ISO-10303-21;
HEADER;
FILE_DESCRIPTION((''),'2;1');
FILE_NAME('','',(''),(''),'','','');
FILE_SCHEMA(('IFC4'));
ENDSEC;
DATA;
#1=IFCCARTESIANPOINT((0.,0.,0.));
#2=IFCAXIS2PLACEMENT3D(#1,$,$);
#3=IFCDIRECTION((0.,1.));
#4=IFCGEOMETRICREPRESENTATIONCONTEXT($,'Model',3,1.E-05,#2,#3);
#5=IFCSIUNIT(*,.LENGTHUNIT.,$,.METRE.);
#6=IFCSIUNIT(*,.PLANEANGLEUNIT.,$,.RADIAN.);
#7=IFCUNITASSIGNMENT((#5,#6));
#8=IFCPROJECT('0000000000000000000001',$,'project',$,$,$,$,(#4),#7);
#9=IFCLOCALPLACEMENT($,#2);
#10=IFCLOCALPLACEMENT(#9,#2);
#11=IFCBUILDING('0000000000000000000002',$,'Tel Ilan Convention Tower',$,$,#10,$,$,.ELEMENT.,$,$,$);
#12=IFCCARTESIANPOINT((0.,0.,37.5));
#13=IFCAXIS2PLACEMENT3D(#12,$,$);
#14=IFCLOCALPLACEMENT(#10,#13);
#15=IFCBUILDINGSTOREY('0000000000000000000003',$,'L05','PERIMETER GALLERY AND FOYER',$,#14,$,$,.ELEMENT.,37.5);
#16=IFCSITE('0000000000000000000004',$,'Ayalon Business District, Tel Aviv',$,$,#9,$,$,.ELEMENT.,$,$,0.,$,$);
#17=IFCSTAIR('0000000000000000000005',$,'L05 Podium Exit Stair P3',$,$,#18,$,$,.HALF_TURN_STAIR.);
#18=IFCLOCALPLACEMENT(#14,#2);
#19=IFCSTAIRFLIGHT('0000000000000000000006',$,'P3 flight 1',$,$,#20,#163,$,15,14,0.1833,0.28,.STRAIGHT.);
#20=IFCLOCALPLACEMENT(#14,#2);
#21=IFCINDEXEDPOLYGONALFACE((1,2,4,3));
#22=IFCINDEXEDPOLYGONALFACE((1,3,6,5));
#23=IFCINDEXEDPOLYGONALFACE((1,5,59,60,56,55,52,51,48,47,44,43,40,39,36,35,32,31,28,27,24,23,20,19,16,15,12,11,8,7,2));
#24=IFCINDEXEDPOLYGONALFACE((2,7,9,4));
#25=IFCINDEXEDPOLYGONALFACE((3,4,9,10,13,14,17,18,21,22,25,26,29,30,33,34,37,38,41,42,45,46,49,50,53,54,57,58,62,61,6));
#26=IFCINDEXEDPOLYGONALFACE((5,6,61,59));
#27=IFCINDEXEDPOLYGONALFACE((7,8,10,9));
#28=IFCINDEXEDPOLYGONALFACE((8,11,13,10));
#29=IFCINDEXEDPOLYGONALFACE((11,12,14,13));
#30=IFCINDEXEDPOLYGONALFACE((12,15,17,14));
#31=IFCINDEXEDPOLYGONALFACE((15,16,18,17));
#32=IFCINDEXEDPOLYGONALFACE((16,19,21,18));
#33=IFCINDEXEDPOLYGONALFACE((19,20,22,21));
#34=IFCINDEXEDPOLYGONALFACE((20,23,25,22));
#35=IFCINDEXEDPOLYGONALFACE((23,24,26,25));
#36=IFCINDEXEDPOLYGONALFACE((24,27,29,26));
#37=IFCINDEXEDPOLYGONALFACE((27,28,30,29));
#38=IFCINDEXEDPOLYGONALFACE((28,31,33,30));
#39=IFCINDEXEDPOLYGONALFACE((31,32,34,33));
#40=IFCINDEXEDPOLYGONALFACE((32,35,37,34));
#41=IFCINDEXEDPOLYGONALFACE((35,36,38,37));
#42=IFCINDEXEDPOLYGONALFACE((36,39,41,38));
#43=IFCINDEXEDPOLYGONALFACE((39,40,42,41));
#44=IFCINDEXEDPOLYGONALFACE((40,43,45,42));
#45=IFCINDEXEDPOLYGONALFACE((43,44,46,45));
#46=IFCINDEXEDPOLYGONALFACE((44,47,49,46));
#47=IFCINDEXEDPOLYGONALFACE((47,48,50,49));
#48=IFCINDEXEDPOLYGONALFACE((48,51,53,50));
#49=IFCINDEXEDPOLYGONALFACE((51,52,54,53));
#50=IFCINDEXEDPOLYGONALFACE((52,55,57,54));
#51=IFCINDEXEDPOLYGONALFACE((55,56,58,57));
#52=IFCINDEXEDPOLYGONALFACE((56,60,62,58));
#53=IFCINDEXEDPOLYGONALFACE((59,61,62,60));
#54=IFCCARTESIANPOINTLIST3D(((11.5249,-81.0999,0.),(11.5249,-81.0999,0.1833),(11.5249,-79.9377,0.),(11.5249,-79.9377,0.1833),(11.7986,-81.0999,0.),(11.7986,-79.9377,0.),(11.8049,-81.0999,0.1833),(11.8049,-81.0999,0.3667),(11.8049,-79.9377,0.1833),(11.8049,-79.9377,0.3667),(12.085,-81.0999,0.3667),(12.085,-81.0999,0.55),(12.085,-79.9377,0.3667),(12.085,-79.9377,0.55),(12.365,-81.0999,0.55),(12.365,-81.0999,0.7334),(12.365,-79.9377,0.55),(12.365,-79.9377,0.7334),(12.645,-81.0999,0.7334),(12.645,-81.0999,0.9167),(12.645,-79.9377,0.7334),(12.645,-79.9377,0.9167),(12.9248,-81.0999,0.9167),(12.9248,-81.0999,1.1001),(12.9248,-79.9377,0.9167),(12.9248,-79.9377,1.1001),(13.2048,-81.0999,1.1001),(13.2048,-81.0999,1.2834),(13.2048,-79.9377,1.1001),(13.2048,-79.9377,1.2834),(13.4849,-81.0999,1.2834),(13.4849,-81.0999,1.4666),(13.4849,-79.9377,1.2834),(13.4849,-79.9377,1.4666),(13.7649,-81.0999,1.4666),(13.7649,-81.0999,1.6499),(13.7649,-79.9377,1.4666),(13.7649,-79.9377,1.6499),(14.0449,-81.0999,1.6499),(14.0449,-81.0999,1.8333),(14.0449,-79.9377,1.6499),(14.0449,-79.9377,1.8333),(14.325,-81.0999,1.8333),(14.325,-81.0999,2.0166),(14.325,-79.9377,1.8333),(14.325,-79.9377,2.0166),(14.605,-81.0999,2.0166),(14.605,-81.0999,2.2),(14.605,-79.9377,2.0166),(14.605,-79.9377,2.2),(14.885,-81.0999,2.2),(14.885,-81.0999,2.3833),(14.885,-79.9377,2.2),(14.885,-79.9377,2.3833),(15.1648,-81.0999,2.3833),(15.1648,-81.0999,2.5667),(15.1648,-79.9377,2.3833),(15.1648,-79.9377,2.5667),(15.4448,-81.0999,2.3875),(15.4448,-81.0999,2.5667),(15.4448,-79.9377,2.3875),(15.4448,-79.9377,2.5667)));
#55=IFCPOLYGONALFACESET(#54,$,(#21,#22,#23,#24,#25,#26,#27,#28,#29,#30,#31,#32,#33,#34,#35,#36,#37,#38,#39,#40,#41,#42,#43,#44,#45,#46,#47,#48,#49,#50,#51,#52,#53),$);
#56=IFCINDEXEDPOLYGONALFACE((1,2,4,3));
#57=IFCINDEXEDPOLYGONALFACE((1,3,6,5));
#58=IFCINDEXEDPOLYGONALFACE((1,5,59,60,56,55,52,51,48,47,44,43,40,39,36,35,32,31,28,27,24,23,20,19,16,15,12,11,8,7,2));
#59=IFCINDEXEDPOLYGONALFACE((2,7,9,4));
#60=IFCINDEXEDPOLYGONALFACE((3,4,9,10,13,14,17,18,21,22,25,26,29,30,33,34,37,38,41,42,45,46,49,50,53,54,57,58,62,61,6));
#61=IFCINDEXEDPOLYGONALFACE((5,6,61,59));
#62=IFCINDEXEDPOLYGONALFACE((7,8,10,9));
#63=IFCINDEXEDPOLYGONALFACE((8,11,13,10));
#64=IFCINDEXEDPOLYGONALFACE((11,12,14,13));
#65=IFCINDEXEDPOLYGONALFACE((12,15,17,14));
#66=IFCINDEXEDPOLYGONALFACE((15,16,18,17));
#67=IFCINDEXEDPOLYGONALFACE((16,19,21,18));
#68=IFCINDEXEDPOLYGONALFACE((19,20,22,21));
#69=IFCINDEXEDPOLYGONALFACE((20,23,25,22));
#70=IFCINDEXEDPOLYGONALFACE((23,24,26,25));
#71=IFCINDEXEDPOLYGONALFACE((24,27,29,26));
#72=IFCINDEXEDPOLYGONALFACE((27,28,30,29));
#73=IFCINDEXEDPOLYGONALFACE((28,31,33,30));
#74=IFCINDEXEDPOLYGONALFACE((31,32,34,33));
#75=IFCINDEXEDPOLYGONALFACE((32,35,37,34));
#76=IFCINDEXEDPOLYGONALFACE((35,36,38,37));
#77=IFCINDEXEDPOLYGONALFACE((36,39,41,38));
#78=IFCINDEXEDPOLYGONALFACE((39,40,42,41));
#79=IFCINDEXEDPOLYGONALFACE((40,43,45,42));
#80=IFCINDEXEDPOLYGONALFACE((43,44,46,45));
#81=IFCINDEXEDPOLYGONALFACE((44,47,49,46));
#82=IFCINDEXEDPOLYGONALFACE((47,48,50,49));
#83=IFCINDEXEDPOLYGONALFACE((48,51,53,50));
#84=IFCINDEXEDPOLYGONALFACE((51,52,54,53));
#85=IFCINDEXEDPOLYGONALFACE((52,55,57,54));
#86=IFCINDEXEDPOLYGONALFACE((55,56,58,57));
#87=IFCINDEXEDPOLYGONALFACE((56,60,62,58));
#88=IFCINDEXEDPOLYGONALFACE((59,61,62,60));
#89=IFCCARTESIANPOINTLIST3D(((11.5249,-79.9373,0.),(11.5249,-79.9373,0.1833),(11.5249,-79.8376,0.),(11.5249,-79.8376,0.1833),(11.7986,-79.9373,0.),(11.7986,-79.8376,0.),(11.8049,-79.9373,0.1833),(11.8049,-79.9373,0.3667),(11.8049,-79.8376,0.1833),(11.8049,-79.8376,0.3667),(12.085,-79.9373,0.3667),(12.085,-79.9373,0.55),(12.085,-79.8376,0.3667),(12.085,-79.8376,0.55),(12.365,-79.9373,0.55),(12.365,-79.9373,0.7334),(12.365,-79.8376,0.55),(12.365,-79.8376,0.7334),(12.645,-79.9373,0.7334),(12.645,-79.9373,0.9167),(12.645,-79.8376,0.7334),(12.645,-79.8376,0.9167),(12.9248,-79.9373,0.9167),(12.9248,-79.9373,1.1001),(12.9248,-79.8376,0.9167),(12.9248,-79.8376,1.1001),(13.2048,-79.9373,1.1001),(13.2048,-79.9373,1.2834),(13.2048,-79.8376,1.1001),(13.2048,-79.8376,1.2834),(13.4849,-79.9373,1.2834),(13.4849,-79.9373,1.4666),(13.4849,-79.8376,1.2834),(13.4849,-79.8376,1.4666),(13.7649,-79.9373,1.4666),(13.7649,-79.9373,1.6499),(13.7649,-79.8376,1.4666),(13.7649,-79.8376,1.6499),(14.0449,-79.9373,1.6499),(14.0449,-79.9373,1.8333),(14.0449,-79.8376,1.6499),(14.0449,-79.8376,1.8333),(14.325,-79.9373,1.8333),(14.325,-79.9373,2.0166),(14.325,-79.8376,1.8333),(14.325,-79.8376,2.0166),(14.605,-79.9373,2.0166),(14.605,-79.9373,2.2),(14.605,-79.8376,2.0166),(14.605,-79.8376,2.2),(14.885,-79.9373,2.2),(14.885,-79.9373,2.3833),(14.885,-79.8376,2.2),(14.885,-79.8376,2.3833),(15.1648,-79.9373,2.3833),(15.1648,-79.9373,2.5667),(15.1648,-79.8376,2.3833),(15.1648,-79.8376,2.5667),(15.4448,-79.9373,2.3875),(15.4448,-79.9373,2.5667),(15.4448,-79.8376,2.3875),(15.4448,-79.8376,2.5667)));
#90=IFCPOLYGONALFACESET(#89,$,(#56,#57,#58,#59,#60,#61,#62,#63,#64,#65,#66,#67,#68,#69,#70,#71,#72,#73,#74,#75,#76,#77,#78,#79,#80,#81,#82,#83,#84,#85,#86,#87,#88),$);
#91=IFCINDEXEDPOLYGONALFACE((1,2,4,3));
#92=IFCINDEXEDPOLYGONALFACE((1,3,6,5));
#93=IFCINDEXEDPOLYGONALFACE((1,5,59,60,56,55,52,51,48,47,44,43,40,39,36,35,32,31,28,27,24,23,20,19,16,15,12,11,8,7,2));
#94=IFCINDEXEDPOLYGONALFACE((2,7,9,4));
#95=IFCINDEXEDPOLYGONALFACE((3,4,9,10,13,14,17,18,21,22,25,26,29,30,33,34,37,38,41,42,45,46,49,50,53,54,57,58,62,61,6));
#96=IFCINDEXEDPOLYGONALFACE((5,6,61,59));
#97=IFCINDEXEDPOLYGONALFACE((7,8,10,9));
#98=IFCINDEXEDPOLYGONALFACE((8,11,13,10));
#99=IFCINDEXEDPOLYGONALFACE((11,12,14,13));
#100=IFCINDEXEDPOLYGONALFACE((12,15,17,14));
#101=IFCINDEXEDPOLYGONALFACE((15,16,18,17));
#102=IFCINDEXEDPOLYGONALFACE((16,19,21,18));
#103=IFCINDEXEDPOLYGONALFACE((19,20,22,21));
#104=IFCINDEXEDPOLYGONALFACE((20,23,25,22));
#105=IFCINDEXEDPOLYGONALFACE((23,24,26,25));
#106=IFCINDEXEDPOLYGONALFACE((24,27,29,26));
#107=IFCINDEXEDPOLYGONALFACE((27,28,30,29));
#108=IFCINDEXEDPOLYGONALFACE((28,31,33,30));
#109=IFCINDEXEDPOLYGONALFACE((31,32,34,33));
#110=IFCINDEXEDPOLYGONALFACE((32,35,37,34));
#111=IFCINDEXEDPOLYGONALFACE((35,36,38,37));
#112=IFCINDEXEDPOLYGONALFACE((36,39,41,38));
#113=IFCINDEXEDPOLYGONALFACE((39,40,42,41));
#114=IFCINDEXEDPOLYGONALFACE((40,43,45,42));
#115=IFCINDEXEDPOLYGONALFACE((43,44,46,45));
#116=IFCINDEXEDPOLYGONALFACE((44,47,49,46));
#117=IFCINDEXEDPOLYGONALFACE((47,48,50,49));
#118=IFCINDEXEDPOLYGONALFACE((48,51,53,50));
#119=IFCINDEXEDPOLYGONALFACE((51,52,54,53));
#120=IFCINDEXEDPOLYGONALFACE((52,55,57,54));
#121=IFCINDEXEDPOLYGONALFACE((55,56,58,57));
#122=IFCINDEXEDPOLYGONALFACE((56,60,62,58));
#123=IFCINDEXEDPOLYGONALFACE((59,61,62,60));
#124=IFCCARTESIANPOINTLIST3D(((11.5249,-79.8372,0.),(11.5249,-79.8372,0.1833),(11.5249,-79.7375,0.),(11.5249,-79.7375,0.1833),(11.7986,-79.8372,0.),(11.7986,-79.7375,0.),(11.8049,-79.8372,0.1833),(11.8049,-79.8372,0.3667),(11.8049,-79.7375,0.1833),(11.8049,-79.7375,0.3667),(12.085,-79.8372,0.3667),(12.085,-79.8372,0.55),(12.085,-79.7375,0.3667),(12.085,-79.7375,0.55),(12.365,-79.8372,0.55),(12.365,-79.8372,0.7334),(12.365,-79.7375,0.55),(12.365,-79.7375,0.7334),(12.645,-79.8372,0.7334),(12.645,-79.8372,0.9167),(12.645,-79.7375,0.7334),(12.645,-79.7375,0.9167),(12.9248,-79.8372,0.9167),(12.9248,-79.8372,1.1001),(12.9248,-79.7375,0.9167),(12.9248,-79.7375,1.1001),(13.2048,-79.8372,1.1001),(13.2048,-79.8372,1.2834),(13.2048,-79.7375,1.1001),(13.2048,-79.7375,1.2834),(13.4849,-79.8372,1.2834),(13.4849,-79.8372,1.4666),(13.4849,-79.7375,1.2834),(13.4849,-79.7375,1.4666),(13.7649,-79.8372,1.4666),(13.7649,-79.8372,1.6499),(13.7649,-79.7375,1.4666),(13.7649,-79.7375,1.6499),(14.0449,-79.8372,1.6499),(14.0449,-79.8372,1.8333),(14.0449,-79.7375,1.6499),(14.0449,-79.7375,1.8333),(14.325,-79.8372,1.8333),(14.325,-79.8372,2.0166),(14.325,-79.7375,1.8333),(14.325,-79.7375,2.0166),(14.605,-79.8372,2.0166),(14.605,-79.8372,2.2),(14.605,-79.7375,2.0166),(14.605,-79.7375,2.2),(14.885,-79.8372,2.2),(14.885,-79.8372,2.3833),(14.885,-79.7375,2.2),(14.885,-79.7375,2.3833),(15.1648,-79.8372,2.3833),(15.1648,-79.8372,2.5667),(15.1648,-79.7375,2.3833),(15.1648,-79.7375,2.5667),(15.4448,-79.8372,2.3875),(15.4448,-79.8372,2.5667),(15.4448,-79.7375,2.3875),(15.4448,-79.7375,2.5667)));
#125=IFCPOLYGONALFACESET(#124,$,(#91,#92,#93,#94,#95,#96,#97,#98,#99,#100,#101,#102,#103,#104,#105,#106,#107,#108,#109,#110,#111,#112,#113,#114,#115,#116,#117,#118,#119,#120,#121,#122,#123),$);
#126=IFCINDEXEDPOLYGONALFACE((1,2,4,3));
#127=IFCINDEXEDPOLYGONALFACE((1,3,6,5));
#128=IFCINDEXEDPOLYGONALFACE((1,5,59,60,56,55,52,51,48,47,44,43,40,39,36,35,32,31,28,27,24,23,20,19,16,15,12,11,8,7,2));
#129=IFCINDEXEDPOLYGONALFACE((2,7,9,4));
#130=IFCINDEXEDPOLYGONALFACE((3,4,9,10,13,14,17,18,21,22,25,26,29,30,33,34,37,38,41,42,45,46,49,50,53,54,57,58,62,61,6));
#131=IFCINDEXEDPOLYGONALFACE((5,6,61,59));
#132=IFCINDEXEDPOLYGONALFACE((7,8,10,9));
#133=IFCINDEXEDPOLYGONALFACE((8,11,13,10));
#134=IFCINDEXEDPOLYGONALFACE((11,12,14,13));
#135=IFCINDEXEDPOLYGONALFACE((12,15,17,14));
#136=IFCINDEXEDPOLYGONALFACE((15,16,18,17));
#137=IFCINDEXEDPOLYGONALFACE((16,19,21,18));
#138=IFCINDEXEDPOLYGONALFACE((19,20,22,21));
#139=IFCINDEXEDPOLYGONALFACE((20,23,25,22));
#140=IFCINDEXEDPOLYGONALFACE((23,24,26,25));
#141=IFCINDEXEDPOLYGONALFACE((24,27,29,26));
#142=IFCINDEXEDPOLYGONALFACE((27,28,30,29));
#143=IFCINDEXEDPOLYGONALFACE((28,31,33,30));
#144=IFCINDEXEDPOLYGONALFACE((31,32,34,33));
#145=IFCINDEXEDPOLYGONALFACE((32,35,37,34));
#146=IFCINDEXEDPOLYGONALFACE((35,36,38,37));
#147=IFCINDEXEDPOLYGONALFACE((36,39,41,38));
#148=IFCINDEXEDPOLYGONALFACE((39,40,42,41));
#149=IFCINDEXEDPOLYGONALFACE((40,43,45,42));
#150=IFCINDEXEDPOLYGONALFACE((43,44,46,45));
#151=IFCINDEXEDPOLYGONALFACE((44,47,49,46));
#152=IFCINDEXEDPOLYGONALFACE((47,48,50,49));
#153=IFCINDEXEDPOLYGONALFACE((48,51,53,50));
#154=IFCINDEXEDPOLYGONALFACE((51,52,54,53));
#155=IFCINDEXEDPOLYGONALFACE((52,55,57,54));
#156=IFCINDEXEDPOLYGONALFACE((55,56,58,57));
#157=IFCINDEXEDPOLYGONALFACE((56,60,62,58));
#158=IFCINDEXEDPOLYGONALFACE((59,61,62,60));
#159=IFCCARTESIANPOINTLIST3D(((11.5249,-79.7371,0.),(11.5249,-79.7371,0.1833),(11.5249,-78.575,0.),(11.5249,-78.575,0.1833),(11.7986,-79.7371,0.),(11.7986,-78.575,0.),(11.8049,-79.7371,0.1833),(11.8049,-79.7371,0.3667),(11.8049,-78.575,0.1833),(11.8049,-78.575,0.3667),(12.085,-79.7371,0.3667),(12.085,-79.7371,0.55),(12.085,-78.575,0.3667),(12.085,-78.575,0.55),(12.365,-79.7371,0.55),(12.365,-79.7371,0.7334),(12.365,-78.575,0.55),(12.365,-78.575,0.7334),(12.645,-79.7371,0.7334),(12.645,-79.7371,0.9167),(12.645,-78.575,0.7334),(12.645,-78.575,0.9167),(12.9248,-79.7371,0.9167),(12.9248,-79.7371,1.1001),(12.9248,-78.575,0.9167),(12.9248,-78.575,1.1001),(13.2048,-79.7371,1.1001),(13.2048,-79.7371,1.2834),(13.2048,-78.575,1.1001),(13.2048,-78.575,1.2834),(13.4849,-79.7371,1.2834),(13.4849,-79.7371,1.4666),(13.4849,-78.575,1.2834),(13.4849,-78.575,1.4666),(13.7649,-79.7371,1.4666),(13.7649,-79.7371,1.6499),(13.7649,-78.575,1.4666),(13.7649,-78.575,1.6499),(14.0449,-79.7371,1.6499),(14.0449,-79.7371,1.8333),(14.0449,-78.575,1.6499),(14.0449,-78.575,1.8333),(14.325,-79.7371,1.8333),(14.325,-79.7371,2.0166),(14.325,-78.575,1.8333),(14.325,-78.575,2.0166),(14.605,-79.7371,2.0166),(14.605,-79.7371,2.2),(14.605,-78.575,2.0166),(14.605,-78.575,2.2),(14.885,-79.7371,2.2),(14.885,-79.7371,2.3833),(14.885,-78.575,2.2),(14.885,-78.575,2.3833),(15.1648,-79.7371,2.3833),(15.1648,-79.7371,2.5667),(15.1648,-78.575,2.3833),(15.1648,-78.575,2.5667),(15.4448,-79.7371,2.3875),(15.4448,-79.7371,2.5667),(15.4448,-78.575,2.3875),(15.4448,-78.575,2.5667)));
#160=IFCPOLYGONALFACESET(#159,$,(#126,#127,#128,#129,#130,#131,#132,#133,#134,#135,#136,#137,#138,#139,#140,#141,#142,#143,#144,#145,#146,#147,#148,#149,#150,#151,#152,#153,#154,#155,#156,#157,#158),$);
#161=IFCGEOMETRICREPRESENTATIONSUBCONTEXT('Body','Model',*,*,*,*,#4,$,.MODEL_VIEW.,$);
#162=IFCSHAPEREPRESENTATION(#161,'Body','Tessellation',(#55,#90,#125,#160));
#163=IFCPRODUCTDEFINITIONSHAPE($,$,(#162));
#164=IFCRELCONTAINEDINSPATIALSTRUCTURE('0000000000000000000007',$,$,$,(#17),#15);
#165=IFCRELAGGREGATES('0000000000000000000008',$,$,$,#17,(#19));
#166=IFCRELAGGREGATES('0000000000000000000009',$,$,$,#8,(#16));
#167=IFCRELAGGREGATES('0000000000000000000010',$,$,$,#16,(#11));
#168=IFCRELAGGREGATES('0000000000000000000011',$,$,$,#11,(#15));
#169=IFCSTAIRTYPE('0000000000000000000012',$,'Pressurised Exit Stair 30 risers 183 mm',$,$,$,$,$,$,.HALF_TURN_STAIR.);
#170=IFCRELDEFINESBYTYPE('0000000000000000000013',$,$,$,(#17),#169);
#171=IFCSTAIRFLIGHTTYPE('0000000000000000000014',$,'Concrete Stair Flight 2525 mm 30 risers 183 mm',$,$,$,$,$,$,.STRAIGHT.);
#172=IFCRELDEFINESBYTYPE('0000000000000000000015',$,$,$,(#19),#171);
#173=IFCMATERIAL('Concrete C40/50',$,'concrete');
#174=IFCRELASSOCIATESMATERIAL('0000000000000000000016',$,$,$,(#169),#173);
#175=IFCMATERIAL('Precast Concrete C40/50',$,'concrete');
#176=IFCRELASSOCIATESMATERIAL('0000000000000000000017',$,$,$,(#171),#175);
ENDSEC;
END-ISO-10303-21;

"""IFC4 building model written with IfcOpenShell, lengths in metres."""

from ifc_helpers import new_model, si_unit, direction, frame, origin, place, context, subcontext, project, spatial, polyline, outline, extrude, material, type_object, element, aggregate, save


model = new_model("IFC4")

# Units and contexts
model_context = context("Model", 3, precision=1e-05, world=origin(), true_north=direction((0.0, 1.0)))
body_context = subcontext(model_context, "Body", "Model", "MODEL_VIEW")
ifc_project = project(units=[si_unit("LENGTHUNIT", "METRE"), si_unit("PLANEANGLEUNIT", "RADIAN")], contexts=[model_context])

# Site, building, storey
site_placement = place(None, origin())
site = spatial("IfcSite", under=ifc_project, at=site_placement, Name="Ayalon Business District, Tel Aviv", CompositionType="ELEMENT", RefElevation=0.0)
building_placement = place(site_placement, origin())
building = spatial("IfcBuilding", under=site, at=building_placement, Name="Tel Ilan Convention Tower", CompositionType="ELEMENT")
storey_placement = place(building_placement, frame((0.0, 0.0, 37.5)))
storey = spatial("IfcBuildingStorey", under=building, at=storey_placement, Name="L05", Description="PERIMETER GALLERY AND FOYER", CompositionType="ELEMENT", Elevation=37.5)

# Stair, stair flight
ifc_material_1 = material(Name="Concrete C40/50", Category="concrete")
stair_type = type_object("IfcStairType", Name="Pressurised Exit Stair 30 risers 183 mm", PredefinedType="HALF_TURN_STAIR", material=ifc_material_1)
stair_placement = place(storey_placement, origin())
stair = element("IfcStair", 1, at=stair_placement, inside=storey, type_object=stair_type, Name="L05 Podium Exit Stair P3", PredefinedType="HALF_TURN_STAIR")
ifc_material_2 = material(Name="Precast Concrete C40/50", Category="concrete")
stair_flight_type = type_object("IfcStairFlightType", Name="Concrete Stair Flight 2525 mm 30 risers 183 mm", PredefinedType="STRAIGHT", material=ifc_material_2)
stair_flight_placement = place(storey_placement, frame((11.5249, -79.8374, 0.0), z_axis=(0.0, 0.0, 1.0), x_axis=(1.0, 0.0, 0.0)))
stair_flight = element("IfcStairFlight", 2, at=stair_flight_placement, type_object=stair_flight_type, Name="P3 flight 1", NumberOfRisers=15, NumberOfTreads=14, PredefinedType="STRAIGHT", RiserHeight=0.1833, TreadLength=0.28, context=body_context, shape_type="SweptSolid", body=[
    extrude(outline(polyline([(0.0, 0.0), (0.0, 0.1833), (0.28, 0.1833), (0.28, 0.3667), (0.5601, 0.3667), (0.5601, 0.55), (0.8401, 0.55), (0.8401, 0.7334), (1.1201, 0.7334), (1.1201, 0.9167), (1.3999, 0.9167), (1.3999, 1.1001), (1.6799, 1.1001), (1.6799, 1.2834), (1.96, 1.2834), (1.96, 1.4666), (2.24, 1.4666), (2.24, 1.6499), (2.52, 1.6499), (2.52, 1.8333), (2.8, 1.8333), (2.8, 2.0166), (3.0801, 2.0166), (3.0801, 2.2), (3.3601, 2.2), (3.3601, 2.3833), (3.6399, 2.3833), (3.6399, 2.5667), (3.9199, 2.5667), (3.9199, 2.75), (3.9199, 2.3875), (0.2737, 0.0), (0.0, 0.0)])), frame((0.0, -0.1003, 0.0), z_axis=(0.0, -1.0, 0.0), x_axis=(1.0, 0.0, 0.0)), (0.0, 0.0, 1.0), 1.1621),
    extrude(outline(polyline([(0.0, 0.0), (0.0, 0.1833), (0.28, 0.1833), (0.28, 0.3667), (0.5601, 0.3667), (0.5601, 0.55), (0.8401, 0.55), (0.8401, 0.7334), (1.1201, 0.7334), (1.1201, 0.9167), (1.3999, 0.9167), (1.3999, 1.1001), (1.6799, 1.1001), (1.6799, 1.2834), (1.96, 1.2834), (1.96, 1.4666), (2.24, 1.4666), (2.24, 1.6499), (2.52, 1.6499), (2.52, 1.8333), (2.8, 1.8333), (2.8, 2.0166), (3.0801, 2.0166), (3.0801, 2.2), (3.3601, 2.2), (3.3601, 2.3833), (3.6399, 2.3833), (3.6399, 2.5667), (3.9199, 2.5667), (3.9199, 2.75), (3.9199, 2.3875), (0.2737, 0.0), (0.0, 0.0)])), frame((0.0, -0.0002, 0.0), z_axis=(0.0, -1.0, 0.0), x_axis=(1.0, 0.0, 0.0)), (0.0, 0.0, 1.0), 0.0996),
    extrude(outline(polyline([(0.0, 0.0), (0.0, 0.1833), (0.28, 0.1833), (0.28, 0.3667), (0.5601, 0.3667), (0.5601, 0.55), (0.8401, 0.55), (0.8401, 0.7334), (1.1201, 0.7334), (1.1201, 0.9167), (1.3999, 0.9167), (1.3999, 1.1001), (1.6799, 1.1001), (1.6799, 1.2834), (1.96, 1.2834), (1.96, 1.4666), (2.24, 1.4666), (2.24, 1.6499), (2.52, 1.6499), (2.52, 1.8333), (2.8, 1.8333), (2.8, 2.0166), (3.0801, 2.0166), (3.0801, 2.2), (3.3601, 2.2), (3.3601, 2.3833), (3.6399, 2.3833), (3.6399, 2.5667), (3.9199, 2.5667), (3.9199, 2.75), (3.9199, 2.3875), (0.2737, 0.0), (0.0, 0.0)])), frame((0.0, 0.0999, 0.0), z_axis=(0.0, -1.0, 0.0), x_axis=(1.0, 0.0, 0.0)), (0.0, 0.0, 1.0), 0.0996),
    extrude(outline(polyline([(0.0, 0.0), (0.0, 0.1833), (0.28, 0.1833), (0.28, 0.3667), (0.5601, 0.3667), (0.5601, 0.55), (0.8401, 0.55), (0.8401, 0.7334), (1.1201, 0.7334), (1.1201, 0.9167), (1.3999, 0.9167), (1.3999, 1.1001), (1.6799, 1.1001), (1.6799, 1.2834), (1.96, 1.2834), (1.96, 1.4666), (2.24, 1.4666), (2.24, 1.6499), (2.52, 1.6499), (2.52, 1.8333), (2.8, 1.8333), (2.8, 2.0166), (3.0801, 2.0166), (3.0801, 2.2), (3.3601, 2.2), (3.3601, 2.3833), (3.6399, 2.3833), (3.6399, 2.5667), (3.9199, 2.5667), (3.9199, 2.75), (3.9199, 2.3875), (0.2737, 0.0), (0.0, 0.0)])), frame((0.0, 1.2625, 0.0), z_axis=(0.0, -1.0, 0.0), x_axis=(1.0, 0.0, 0.0)), (0.0, 0.0, 1.0), 1.1621),
])
aggregate(stair, [stair_flight])

save(model, "model.ifc")
